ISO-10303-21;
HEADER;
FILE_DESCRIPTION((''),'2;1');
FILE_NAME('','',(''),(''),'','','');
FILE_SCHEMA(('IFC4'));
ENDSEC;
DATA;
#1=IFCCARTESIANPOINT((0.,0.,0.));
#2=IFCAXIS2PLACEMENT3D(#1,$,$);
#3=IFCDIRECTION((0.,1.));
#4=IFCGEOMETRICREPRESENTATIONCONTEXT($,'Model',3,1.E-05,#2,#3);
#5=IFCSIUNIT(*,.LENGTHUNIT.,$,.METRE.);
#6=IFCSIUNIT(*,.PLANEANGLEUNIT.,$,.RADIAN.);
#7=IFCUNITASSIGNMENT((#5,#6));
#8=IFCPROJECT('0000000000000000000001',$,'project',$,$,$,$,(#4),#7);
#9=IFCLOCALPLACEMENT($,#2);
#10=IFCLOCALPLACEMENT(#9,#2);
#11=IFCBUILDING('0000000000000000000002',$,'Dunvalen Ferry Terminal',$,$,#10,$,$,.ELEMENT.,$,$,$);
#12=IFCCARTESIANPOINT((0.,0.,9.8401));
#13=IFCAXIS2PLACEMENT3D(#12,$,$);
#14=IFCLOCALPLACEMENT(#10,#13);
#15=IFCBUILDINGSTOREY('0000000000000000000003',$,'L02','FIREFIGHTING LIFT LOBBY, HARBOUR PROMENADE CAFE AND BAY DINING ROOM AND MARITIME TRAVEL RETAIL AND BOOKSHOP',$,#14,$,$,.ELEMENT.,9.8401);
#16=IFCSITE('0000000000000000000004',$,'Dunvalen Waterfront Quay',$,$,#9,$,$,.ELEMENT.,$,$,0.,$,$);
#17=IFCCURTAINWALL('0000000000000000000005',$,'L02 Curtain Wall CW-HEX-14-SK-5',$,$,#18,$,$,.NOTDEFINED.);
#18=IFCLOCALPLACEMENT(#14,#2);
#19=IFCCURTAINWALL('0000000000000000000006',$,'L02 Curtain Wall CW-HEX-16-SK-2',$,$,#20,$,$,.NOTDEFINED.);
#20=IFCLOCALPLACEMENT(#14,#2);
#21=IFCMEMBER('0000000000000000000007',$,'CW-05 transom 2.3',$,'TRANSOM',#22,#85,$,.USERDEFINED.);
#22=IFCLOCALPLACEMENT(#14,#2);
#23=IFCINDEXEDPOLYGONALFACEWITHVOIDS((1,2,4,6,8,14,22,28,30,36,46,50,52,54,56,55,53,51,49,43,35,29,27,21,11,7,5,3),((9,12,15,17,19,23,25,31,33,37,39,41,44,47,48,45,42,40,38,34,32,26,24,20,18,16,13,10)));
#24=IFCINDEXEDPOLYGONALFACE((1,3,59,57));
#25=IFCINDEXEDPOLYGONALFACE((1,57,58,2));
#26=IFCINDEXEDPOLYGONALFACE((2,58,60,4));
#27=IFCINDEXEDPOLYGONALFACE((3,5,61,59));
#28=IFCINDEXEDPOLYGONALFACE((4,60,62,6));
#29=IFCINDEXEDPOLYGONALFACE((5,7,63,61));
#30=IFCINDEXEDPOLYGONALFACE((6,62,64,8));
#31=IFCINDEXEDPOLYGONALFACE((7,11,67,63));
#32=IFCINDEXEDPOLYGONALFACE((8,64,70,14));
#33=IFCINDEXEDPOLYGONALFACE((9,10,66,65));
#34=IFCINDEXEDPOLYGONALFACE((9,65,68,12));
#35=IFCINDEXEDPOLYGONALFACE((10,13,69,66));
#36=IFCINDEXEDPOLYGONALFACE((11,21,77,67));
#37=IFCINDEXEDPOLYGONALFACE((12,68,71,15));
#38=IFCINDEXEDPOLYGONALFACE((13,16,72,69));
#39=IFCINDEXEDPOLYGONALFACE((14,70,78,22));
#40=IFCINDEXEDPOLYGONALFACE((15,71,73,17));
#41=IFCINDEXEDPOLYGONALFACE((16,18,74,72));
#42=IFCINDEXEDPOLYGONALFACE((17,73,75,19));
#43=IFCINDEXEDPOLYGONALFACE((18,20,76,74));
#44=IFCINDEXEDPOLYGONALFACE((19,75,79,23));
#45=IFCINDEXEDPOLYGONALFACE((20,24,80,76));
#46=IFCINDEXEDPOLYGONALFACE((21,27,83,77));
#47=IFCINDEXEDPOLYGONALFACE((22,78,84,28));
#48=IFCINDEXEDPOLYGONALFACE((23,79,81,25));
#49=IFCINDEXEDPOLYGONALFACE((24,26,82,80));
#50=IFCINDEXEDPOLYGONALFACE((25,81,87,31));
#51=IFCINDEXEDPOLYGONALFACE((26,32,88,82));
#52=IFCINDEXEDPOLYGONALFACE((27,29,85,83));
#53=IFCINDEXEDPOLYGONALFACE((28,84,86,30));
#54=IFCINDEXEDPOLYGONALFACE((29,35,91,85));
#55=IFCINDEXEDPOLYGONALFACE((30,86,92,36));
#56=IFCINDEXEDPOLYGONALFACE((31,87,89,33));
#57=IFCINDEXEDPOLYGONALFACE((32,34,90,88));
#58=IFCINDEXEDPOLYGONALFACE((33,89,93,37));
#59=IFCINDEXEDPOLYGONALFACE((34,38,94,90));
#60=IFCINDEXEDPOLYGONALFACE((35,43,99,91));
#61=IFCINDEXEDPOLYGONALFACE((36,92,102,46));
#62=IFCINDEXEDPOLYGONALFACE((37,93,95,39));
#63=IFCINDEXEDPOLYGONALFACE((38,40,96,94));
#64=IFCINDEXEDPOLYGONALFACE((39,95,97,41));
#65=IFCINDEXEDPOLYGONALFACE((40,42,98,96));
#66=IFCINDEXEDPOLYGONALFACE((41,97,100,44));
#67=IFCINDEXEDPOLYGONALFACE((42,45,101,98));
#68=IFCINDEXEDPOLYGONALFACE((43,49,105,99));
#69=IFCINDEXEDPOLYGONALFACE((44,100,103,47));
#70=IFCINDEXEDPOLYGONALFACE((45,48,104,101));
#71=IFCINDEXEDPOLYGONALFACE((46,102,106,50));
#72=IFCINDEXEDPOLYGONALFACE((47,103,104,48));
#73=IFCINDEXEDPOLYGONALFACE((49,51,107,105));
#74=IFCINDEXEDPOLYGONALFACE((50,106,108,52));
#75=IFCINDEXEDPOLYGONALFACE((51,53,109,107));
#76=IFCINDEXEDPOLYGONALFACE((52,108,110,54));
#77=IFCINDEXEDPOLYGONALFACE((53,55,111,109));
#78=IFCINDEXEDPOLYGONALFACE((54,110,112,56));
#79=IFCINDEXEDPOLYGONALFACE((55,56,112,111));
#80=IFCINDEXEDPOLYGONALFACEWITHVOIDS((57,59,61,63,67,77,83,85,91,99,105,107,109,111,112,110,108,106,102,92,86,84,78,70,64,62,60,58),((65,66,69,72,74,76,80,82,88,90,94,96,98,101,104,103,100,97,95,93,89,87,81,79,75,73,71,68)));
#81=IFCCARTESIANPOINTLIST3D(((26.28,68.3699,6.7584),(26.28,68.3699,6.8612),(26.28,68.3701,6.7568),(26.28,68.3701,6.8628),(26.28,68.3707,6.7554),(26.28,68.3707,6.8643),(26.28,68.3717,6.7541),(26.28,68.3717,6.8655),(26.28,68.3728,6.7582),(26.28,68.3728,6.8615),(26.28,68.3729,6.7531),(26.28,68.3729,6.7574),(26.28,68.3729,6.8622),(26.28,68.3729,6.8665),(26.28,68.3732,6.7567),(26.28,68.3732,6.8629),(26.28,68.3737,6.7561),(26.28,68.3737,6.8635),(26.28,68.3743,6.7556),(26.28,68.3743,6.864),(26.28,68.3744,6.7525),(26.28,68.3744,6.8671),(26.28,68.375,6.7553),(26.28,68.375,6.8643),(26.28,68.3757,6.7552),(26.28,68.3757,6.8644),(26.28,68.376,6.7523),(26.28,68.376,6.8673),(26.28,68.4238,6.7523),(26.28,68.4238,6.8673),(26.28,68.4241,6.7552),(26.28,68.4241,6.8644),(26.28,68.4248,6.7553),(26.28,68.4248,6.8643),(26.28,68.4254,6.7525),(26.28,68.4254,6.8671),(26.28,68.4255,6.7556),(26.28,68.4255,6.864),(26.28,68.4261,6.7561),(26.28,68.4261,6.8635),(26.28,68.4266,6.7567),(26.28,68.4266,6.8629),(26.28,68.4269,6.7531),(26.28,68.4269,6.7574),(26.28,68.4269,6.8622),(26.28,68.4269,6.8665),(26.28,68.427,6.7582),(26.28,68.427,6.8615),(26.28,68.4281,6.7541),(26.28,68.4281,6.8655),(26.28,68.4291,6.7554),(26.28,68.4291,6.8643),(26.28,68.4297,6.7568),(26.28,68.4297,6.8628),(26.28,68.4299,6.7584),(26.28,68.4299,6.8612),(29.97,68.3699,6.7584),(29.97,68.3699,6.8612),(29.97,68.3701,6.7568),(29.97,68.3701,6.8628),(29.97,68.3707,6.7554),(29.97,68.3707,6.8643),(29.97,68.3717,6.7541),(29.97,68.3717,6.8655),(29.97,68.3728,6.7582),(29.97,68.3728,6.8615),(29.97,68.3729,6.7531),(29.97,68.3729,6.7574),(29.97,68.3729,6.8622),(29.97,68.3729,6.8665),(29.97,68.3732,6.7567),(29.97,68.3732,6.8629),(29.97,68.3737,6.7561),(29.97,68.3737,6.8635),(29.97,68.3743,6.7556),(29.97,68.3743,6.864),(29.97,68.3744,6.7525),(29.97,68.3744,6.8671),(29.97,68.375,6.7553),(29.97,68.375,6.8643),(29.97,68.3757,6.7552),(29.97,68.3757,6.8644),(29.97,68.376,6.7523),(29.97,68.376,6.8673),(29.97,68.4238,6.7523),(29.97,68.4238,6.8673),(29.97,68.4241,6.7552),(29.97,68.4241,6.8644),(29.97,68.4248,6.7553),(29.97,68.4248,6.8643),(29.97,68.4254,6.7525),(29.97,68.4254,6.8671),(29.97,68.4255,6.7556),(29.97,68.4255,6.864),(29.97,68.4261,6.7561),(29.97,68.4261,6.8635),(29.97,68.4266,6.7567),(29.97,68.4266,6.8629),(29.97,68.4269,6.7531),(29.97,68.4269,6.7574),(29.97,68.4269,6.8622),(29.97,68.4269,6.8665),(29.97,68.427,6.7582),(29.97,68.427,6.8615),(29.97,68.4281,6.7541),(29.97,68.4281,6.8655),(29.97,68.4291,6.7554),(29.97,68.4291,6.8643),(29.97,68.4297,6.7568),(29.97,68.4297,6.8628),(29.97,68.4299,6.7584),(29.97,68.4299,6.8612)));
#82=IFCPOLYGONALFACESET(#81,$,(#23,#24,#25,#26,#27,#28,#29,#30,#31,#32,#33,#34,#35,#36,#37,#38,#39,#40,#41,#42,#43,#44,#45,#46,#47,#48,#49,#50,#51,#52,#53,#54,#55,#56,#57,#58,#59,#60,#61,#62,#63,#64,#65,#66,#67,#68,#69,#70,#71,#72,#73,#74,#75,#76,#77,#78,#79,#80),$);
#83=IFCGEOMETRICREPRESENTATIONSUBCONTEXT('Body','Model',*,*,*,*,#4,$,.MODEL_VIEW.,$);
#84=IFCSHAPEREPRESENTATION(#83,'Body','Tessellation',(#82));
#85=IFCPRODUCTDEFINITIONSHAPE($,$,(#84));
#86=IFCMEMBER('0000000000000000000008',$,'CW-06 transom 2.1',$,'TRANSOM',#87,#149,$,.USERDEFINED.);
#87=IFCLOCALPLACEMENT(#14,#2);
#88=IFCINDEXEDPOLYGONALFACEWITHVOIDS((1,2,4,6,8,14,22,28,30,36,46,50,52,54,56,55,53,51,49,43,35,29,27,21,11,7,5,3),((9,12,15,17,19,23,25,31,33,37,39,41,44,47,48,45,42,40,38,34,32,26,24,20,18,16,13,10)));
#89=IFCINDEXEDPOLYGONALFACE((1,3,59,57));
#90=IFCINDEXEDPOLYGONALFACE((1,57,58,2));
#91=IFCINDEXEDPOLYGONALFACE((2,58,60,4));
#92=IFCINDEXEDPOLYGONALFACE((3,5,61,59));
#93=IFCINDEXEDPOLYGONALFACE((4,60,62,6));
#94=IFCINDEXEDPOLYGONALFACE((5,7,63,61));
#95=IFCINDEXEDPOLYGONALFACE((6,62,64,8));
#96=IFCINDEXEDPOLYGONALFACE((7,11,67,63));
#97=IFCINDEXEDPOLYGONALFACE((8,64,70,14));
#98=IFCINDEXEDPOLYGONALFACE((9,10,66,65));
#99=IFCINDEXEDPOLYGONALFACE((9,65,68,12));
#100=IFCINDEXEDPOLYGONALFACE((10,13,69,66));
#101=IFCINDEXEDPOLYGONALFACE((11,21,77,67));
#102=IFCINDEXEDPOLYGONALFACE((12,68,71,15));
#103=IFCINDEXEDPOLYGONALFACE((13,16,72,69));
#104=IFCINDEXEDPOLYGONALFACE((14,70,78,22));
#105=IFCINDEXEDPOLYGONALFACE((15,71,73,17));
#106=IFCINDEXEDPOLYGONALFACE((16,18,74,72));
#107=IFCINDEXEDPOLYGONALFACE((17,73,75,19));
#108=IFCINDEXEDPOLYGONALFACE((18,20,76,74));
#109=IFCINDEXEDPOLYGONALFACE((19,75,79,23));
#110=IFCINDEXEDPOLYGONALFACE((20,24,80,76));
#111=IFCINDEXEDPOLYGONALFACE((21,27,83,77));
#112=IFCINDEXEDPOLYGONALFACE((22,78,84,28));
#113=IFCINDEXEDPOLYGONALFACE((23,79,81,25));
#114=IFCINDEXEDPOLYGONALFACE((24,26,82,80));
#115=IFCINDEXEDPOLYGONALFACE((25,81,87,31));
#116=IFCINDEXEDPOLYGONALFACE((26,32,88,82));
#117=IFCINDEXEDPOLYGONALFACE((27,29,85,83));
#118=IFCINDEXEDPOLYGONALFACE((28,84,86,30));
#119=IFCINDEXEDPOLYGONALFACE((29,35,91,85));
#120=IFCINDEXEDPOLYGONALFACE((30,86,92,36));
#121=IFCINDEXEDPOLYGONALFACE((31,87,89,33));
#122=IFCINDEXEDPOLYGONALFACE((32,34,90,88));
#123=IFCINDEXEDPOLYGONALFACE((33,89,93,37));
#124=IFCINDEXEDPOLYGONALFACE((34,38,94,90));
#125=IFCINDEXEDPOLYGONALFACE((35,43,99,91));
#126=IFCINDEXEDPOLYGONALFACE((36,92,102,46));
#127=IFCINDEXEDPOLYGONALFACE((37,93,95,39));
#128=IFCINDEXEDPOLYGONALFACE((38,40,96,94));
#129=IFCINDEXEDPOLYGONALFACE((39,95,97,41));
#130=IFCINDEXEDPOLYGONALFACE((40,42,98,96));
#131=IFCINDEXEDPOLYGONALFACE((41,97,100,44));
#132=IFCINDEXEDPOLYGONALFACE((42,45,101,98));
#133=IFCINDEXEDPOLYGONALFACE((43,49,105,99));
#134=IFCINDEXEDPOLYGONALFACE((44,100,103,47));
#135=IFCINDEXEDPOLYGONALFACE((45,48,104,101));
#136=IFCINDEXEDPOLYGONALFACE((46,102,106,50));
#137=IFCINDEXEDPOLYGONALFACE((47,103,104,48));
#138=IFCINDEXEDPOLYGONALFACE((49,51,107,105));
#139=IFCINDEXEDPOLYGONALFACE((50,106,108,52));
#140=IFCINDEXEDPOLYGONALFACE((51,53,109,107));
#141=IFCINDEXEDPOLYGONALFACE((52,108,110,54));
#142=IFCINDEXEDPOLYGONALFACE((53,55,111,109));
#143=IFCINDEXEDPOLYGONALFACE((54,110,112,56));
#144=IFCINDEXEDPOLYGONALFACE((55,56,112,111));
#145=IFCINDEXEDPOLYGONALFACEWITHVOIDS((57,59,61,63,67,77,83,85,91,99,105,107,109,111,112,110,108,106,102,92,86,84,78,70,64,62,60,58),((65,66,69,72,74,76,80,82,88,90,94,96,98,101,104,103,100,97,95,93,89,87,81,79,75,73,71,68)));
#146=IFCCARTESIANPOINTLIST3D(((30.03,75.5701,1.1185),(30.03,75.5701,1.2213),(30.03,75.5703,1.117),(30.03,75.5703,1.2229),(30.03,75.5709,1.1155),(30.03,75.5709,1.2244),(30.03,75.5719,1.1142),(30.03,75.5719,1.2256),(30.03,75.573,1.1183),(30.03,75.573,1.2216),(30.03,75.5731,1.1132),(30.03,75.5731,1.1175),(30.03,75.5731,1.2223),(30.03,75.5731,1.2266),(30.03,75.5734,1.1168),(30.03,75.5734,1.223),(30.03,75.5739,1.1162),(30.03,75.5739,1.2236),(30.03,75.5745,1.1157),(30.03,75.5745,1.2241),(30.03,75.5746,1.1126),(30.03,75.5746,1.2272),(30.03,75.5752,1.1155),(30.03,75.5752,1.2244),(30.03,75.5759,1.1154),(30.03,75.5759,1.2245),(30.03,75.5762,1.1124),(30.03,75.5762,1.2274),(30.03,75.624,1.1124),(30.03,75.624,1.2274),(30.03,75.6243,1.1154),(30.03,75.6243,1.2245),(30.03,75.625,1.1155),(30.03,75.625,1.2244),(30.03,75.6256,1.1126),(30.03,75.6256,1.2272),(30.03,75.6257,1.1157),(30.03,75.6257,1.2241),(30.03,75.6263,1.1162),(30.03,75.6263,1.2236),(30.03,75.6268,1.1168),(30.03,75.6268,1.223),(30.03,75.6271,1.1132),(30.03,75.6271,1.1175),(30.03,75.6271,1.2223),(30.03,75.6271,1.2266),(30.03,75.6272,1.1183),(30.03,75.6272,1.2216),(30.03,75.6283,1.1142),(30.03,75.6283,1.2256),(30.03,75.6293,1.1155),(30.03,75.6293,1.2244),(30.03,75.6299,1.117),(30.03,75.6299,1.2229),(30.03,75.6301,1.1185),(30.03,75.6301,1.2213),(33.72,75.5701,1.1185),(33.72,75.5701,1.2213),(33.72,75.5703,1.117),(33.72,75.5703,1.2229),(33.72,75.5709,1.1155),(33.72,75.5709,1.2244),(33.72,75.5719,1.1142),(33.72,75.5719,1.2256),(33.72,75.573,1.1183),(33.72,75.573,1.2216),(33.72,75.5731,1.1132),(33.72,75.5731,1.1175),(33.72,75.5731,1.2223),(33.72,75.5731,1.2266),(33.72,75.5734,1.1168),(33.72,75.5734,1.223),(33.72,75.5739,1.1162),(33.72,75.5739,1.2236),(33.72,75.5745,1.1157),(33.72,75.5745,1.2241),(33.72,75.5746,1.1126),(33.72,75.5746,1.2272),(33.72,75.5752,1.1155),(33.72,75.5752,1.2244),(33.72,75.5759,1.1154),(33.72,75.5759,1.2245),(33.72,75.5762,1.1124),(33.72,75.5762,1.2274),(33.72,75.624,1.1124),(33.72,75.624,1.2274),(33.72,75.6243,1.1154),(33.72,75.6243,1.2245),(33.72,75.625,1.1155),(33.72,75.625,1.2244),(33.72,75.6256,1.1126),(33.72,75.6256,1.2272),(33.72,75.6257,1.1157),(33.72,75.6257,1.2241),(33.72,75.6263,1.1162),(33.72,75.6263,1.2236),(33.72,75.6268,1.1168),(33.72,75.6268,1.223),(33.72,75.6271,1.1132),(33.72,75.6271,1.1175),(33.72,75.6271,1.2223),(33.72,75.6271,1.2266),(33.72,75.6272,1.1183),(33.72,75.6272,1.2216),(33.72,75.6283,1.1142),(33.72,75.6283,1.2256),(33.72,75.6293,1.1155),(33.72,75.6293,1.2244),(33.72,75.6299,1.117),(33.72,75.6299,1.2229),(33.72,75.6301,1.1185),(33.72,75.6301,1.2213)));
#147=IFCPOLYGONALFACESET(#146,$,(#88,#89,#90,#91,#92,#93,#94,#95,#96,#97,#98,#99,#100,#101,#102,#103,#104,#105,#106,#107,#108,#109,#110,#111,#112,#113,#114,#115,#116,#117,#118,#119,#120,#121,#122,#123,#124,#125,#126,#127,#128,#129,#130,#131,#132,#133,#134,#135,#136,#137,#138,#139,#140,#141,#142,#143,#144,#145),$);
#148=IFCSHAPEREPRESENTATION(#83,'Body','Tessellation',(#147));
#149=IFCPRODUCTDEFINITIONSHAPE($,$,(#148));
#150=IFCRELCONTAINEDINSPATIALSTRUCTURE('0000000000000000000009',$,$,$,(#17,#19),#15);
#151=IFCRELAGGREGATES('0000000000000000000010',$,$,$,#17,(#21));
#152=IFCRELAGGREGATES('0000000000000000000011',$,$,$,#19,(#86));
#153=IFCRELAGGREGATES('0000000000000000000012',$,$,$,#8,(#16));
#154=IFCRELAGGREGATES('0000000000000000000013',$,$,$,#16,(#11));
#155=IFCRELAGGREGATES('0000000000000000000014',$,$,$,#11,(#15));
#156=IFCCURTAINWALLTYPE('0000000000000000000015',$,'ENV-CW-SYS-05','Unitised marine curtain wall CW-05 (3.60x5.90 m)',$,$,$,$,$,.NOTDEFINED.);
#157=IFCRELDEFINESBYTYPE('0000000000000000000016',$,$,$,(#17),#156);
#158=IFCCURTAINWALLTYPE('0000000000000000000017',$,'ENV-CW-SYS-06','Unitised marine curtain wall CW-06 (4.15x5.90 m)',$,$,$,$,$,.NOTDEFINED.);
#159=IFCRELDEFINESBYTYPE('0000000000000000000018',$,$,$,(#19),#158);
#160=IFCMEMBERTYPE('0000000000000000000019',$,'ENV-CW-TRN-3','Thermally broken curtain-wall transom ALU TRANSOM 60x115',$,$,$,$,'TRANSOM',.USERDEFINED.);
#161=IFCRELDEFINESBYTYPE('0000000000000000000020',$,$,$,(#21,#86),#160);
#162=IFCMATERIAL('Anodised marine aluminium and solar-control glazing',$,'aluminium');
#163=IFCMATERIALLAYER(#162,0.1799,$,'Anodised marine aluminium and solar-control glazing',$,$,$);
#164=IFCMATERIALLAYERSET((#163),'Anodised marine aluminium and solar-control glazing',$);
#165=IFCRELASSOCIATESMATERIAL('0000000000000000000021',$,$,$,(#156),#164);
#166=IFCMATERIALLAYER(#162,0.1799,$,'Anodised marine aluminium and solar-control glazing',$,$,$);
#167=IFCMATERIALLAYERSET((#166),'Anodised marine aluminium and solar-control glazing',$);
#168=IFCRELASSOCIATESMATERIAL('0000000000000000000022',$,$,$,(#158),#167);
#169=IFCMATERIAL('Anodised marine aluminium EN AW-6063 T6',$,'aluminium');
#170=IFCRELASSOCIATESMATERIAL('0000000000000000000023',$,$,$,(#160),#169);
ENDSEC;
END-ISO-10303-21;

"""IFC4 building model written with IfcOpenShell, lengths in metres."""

from ifc_helpers import new_model, si_unit, direction, frame, origin, origin_2d, place, context, subcontext, project, spatial, hollow_rectangle, extrude, material, layer, layer_set, material_profile, profile_set, type_object, element, aggregate, save


model = new_model("IFC4")

# Units and contexts
model_context = context("Model", 3, precision=1e-05, world=origin(), true_north=direction((0.0, 1.0)))
body_context = subcontext(model_context, "Body", "Model", "MODEL_VIEW")
ifc_project = project(units=[si_unit("LENGTHUNIT", "METRE"), si_unit("PLANEANGLEUNIT", "RADIAN")], contexts=[model_context])

# Site, building, storey
site_placement = place(None, origin())
site = spatial("IfcSite", under=ifc_project, at=site_placement, Name="Dunvalen Waterfront Quay", CompositionType="ELEMENT", RefElevation=0.0)
building_placement = place(site_placement, origin())
building = spatial("IfcBuilding", under=site, at=building_placement, Name="Dunvalen Ferry Terminal", CompositionType="ELEMENT")
storey_placement = place(building_placement, frame((0.0, 0.0, 9.8401)))
storey = spatial("IfcBuildingStorey", under=building, at=storey_placement, Name="L02", Description="FIREFIGHTING LIFT LOBBY, HARBOUR PROMENADE CAFE AND BAY DINING ROOM AND MARITIME TRAVEL RETAIL AND BOOKSHOP", CompositionType="ELEMENT", Elevation=9.8401)

# Curtain wall
ifc_material_1 = material(Name="Anodised marine aluminium and solar-control glazing", Category="aluminium")
ifc_layer_1 = layer(ifc_material_1, 0.1799, Name="Anodised marine aluminium and solar-control glazing")
ifc_layer_set_1 = layer_set([ifc_layer_1], Name="Anodised marine aluminium and solar-control glazing")
curtain_wall_type_1 = type_object("IfcCurtainWallType", Name="ENV-CW-SYS-05", Description="Unitised marine curtain wall CW-05 (3.60x5.90 m)", PredefinedType="NOTDEFINED", material=ifc_layer_set_1)
curtain_wall_1_placement = place(storey_placement, origin())
curtain_wall_1 = element("IfcCurtainWall", 1, at=curtain_wall_1_placement, inside=storey, type_object=curtain_wall_type_1, Name="L02 Curtain Wall CW-HEX-14-SK-5", PredefinedType="NOTDEFINED")
ifc_material_2 = material(Name="Anodised marine aluminium EN AW-6063 T6", Category="aluminium")

# Curtain wall
ifc_layer_2 = layer(ifc_material_1, 0.1799, Name="Anodised marine aluminium and solar-control glazing")
ifc_layer_set_2 = layer_set([ifc_layer_2], Name="Anodised marine aluminium and solar-control glazing")
curtain_wall_type_2 = type_object("IfcCurtainWallType", Name="ENV-CW-SYS-06", Description="Unitised marine curtain wall CW-06 (4.15x5.90 m)", PredefinedType="NOTDEFINED", material=ifc_layer_set_2)
curtain_wall_2_placement = place(storey_placement, origin())
curtain_wall_2 = element("IfcCurtainWall", 2, at=curtain_wall_2_placement, inside=storey, type_object=curtain_wall_type_2, Name="L02 Curtain Wall CW-HEX-16-SK-2", PredefinedType="NOTDEFINED")

# Members
ifc_material_profile_1 = material_profile(ifc_material_2, hollow_rectangle(XDim=0.0601, YDim=0.115, WallThickness=0.0029, InnerFilletRadius=0.0029, OuterFilletRadius=0.0061, at=origin_2d()), Name="Anodised marine aluminium EN AW-6063 T6")
ifc_profile_set_1 = profile_set([ifc_material_profile_1], Name="Anodised marine aluminium EN AW-6063 T6")
member_type_1 = type_object("IfcMemberType", Name="ENV-CW-TRN-3", Description="Thermally broken curtain-wall transom ALU TRANSOM 60x115", ElementType="TRANSOM", PredefinedType="USERDEFINED", material=ifc_profile_set_1)
member_1_placement = place(storey_placement, frame((29.97, 68.3999, 6.8098), z_axis=(-1.0, 0.0, 0.0), x_axis=(0.0, -1.0, 0.0)))
member_1 = element("IfcMember", 3, at=member_1_placement, type_object=member_type_1, Name="CW-05 transom 2.3", ObjectType="TRANSOM", PredefinedType="USERDEFINED", context=body_context, shape_type="SweptSolid", body=[
    extrude(hollow_rectangle(XDim=0.0601, YDim=0.115, WallThickness=0.0029, InnerFilletRadius=0.0029, OuterFilletRadius=0.0061, at=origin_2d()), origin(), (0.0, 0.0, 1.0), 3.6899),
])
member_2_placement = place(storey_placement, frame((30.03, 75.6001, 1.1699), z_axis=(1.0, 0.0, 0.0), x_axis=(0.0, 1.0, 0.0)))
member_2 = element("IfcMember", 4, at=member_2_placement, type_object=member_type_1, Name="CW-06 transom 2.1", ObjectType="TRANSOM", PredefinedType="USERDEFINED", context=body_context, shape_type="SweptSolid", body=[
    extrude(hollow_rectangle(XDim=0.0601, YDim=0.115, WallThickness=0.0029, InnerFilletRadius=0.0029, OuterFilletRadius=0.0061, at=origin_2d()), origin(), (0.0, 0.0, 1.0), 3.6899),
])

aggregate(curtain_wall_1, [member_1])
aggregate(curtain_wall_2, [member_2])

save(model, "model.ifc")
